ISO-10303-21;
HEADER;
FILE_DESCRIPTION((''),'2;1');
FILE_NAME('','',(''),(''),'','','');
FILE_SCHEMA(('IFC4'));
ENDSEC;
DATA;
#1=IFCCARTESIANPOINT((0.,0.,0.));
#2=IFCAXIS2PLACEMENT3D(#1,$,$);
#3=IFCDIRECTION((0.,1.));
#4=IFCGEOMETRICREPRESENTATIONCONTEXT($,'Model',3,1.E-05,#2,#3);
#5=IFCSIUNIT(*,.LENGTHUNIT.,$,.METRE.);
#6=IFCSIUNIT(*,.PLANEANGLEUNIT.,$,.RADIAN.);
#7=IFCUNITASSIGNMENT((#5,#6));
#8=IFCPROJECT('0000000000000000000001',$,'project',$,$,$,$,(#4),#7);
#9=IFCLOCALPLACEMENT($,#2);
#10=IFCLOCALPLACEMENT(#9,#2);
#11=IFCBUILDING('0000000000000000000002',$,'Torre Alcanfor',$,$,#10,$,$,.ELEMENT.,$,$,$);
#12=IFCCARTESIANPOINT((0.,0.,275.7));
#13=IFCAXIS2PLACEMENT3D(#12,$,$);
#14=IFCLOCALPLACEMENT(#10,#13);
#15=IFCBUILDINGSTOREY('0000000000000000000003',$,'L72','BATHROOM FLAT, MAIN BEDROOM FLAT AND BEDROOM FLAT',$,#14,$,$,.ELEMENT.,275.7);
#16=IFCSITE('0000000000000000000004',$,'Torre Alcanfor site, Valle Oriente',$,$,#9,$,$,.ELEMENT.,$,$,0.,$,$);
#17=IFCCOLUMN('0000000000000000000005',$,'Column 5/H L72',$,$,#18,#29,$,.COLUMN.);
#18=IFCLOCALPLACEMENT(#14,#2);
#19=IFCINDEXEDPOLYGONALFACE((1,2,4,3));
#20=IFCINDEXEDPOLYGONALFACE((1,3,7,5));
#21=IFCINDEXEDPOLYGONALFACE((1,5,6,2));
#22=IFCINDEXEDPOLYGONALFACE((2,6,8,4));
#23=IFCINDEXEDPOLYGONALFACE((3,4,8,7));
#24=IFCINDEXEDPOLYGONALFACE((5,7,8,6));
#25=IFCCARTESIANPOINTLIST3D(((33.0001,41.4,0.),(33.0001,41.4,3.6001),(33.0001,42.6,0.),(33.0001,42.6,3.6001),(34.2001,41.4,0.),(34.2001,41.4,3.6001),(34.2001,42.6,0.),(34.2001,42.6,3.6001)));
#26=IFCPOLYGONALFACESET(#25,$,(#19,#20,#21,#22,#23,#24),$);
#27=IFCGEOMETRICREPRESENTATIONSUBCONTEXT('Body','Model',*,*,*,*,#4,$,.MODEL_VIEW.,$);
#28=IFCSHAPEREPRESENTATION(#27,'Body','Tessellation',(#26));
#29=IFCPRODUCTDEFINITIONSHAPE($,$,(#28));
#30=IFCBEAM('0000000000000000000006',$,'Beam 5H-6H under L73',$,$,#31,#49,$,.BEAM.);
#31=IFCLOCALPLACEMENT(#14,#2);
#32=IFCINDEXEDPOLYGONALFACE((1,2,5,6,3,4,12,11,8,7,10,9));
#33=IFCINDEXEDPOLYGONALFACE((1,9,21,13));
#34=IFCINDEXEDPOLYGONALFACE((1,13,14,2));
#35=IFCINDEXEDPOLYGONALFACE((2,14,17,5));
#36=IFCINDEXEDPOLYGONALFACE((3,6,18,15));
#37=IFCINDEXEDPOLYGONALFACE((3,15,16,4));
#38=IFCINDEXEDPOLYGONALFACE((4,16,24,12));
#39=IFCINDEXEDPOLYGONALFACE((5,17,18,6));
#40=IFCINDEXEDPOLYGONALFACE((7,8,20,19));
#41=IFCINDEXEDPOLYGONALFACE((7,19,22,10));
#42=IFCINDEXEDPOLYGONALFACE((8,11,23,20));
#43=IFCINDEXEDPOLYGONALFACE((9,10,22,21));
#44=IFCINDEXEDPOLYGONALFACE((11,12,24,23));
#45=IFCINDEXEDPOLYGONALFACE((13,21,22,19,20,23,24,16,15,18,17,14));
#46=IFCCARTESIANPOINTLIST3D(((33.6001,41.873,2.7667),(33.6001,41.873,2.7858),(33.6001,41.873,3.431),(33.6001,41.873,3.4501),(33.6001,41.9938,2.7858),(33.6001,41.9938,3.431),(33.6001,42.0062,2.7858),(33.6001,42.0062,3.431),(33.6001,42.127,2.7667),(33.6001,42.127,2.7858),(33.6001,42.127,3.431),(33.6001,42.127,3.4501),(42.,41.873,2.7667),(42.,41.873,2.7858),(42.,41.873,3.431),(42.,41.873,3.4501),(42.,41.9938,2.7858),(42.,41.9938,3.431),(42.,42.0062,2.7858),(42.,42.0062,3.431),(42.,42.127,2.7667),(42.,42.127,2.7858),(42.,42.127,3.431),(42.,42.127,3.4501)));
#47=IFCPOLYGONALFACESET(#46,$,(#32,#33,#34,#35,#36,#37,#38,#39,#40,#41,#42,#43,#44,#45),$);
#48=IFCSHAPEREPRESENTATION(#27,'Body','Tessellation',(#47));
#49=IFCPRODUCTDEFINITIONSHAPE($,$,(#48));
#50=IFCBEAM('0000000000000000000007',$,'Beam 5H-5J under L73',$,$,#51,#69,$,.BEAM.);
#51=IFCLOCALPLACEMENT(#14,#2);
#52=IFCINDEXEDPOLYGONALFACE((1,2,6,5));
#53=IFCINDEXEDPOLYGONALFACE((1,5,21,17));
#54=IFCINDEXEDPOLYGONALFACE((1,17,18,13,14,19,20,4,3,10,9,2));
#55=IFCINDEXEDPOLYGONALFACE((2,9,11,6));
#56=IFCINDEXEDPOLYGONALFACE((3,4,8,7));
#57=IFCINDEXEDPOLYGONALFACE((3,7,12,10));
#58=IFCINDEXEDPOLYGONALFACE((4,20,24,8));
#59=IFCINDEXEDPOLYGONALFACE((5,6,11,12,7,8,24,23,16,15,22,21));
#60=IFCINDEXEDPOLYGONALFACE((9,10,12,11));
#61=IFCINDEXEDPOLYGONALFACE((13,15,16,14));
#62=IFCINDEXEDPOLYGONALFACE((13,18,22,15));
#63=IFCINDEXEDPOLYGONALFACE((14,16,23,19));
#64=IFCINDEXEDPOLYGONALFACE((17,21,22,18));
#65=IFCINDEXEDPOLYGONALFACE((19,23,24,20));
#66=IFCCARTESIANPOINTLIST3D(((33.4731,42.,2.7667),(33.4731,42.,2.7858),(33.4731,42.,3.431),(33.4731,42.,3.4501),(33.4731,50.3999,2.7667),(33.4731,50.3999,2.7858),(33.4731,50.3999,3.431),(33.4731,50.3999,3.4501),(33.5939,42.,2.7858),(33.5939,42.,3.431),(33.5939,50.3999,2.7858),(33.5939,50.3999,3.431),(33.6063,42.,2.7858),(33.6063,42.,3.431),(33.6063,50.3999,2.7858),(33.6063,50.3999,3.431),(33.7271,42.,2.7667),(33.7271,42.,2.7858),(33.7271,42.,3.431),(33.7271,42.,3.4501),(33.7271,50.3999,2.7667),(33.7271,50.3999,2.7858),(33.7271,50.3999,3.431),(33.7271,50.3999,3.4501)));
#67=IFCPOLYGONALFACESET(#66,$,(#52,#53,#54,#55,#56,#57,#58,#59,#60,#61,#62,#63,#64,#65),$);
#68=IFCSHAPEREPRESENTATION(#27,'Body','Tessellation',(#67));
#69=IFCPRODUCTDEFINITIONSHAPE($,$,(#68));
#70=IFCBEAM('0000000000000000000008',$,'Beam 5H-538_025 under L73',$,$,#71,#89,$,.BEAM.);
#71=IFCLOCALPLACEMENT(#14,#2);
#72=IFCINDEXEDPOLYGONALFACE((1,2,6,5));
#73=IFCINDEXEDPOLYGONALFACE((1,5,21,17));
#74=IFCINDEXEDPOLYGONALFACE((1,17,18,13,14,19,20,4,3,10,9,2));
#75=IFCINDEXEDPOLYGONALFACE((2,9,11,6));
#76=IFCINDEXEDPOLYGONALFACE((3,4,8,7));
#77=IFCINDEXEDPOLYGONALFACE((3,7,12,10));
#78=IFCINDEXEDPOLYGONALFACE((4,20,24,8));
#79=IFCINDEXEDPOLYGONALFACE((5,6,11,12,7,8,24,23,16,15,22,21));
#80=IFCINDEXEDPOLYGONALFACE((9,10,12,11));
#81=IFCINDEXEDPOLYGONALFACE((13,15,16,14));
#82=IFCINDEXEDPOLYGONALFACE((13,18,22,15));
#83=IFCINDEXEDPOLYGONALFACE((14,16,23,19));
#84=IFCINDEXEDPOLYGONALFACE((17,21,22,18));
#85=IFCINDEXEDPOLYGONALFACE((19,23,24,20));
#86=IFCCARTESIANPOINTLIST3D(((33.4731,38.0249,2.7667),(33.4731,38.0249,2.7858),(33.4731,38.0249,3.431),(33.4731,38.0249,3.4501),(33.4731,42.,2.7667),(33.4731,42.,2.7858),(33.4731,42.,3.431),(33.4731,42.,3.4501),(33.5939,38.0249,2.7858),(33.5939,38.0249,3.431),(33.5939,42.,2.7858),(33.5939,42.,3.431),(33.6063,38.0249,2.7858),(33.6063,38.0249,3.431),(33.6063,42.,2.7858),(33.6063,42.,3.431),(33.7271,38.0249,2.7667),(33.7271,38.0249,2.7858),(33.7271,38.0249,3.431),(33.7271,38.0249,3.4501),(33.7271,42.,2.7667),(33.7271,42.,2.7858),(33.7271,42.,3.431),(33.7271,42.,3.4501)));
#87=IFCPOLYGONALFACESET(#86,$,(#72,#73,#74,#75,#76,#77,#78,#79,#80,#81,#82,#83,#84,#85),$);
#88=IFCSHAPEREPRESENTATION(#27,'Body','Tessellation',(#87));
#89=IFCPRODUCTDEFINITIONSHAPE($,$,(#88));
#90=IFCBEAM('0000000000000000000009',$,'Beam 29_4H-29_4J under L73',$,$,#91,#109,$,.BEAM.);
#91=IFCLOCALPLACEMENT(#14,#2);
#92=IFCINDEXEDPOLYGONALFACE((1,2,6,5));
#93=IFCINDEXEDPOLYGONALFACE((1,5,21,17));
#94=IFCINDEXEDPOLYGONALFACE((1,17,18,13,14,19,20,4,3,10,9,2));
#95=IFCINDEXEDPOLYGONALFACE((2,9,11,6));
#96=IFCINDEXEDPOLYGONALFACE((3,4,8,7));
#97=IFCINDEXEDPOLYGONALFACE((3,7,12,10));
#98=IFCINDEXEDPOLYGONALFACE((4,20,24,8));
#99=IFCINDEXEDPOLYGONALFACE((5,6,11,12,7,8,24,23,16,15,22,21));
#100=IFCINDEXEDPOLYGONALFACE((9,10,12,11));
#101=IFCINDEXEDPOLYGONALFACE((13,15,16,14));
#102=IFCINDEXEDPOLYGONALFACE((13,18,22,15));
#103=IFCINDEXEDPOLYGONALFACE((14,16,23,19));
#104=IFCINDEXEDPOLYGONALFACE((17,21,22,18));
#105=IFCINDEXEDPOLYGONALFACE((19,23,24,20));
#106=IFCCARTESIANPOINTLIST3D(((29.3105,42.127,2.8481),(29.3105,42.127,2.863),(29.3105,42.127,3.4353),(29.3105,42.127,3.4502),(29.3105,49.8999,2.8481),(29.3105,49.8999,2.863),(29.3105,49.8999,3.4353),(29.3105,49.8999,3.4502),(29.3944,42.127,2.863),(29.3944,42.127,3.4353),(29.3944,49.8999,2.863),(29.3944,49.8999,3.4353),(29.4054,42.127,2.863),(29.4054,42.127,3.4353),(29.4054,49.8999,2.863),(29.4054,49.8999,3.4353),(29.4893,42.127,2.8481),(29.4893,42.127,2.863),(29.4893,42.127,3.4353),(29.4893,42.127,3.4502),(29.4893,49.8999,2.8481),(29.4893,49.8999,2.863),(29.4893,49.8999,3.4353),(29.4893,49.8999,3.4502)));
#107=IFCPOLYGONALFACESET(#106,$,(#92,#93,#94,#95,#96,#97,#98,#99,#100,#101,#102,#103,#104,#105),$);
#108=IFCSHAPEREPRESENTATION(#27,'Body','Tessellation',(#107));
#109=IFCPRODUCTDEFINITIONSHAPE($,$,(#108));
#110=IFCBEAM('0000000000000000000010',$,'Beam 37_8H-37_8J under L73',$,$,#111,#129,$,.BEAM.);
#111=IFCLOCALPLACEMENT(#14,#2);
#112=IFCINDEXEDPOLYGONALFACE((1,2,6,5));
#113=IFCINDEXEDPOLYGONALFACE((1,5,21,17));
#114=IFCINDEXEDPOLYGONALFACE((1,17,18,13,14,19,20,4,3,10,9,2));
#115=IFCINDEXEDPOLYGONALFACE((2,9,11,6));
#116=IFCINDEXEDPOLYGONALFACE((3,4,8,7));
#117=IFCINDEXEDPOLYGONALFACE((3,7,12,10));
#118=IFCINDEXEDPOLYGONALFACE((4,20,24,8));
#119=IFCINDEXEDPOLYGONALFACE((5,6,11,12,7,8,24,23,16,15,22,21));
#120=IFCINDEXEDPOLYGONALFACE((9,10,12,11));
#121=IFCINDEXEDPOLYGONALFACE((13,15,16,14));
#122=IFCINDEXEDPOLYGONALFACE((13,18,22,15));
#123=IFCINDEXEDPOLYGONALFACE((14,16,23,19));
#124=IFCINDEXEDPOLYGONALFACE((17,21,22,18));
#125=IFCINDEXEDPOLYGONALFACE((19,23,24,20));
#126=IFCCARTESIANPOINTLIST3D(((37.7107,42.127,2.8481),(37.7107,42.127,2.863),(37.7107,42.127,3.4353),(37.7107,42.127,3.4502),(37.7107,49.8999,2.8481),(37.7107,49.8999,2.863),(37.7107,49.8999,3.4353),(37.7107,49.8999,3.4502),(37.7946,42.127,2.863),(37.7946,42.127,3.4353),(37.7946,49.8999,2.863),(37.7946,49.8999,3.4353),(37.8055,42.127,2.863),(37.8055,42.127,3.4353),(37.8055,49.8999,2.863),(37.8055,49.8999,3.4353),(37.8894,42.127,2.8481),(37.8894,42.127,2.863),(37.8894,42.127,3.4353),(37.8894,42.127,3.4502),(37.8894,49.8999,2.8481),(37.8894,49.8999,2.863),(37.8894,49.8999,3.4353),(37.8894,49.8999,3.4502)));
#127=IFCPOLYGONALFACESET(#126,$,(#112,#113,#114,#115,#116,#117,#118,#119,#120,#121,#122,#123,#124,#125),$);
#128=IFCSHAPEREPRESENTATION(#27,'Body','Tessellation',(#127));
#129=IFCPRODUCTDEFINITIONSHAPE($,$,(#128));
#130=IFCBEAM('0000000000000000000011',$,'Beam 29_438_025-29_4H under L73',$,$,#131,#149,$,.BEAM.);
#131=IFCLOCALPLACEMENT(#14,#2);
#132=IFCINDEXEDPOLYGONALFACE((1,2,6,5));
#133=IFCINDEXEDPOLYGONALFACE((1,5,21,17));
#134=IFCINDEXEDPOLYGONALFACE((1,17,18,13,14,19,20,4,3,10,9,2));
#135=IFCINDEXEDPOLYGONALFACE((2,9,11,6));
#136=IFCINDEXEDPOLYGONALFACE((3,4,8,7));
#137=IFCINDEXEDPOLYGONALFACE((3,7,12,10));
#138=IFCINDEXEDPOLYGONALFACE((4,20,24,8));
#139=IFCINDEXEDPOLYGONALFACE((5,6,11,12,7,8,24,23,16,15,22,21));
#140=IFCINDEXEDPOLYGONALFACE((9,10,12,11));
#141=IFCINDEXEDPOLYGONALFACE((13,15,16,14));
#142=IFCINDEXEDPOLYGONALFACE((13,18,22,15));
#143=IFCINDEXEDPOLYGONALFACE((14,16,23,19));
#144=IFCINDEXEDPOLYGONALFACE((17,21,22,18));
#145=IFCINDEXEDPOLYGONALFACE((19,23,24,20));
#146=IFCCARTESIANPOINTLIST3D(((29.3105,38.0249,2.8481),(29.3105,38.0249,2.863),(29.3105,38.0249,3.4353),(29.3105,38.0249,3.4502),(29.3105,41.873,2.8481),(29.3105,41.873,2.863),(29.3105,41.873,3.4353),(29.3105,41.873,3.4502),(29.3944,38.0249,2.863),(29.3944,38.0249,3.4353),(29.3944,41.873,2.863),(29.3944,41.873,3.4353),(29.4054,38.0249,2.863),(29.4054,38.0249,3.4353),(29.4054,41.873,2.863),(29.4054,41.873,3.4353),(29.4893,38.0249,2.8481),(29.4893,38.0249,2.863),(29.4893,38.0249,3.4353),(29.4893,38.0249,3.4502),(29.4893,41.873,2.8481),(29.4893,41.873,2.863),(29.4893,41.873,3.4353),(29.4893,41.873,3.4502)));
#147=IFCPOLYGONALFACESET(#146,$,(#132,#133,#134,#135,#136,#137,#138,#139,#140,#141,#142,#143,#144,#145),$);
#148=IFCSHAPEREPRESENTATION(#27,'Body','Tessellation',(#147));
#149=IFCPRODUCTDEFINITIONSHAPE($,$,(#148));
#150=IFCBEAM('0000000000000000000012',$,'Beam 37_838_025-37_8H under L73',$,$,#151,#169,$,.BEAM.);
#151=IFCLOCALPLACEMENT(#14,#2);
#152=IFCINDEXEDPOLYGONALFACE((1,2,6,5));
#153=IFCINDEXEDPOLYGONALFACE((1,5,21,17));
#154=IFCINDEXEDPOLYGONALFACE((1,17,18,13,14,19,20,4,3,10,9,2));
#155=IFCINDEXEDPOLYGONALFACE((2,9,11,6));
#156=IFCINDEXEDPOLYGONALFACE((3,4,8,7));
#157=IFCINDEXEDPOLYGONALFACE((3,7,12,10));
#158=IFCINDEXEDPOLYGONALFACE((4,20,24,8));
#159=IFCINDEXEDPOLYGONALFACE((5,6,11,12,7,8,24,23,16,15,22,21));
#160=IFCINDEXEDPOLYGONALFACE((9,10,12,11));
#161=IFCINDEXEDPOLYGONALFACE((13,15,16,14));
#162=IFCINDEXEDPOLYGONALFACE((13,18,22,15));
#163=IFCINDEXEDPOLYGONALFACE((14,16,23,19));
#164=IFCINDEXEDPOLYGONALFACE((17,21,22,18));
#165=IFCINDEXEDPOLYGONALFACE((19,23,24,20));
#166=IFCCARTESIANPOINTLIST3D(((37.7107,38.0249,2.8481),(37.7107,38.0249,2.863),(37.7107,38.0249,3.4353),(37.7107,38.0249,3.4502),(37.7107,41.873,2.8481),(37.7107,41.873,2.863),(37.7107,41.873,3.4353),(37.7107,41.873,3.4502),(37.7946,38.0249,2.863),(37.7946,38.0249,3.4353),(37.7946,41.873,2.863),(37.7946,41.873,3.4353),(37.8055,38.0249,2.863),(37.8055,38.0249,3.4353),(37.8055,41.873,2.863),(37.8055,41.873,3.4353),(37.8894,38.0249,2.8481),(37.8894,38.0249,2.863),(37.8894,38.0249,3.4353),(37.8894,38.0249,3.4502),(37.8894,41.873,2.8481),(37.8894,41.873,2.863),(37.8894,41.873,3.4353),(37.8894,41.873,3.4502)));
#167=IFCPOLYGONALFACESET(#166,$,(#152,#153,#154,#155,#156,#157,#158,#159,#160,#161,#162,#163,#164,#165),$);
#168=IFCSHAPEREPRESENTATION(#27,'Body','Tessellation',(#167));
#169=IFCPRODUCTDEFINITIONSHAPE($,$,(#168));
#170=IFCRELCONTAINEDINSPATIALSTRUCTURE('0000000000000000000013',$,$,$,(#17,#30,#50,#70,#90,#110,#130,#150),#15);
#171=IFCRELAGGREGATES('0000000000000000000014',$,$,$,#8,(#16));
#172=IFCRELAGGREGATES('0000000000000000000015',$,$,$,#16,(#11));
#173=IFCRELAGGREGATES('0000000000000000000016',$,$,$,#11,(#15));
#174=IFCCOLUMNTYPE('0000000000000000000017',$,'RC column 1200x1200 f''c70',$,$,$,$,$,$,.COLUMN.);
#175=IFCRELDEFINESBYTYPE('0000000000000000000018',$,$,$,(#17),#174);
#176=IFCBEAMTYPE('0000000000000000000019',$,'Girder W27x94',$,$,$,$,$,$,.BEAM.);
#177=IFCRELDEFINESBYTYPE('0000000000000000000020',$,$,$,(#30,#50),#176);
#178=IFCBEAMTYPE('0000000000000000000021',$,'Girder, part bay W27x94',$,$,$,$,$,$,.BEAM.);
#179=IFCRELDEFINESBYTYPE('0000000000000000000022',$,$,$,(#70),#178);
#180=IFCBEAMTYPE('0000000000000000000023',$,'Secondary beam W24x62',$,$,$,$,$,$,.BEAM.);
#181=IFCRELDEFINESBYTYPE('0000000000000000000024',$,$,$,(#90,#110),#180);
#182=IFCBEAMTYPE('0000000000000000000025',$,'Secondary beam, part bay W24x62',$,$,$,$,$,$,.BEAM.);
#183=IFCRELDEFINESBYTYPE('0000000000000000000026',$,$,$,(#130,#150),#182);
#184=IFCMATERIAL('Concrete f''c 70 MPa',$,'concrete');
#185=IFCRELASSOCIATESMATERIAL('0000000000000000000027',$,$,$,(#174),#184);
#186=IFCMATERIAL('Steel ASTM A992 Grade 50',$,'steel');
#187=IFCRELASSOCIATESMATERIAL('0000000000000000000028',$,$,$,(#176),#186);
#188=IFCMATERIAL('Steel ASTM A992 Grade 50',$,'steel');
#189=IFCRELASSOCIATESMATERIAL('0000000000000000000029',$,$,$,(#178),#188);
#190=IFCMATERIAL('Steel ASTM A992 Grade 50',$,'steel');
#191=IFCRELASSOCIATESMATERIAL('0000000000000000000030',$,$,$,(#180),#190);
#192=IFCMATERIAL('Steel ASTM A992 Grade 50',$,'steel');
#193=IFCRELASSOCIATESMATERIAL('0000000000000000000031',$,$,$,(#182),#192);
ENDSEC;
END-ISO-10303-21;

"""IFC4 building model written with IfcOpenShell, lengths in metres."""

from ifc_helpers import new_model, si_unit, direction, frame, origin, origin_2d, place, context, subcontext, project, spatial, rectangle, i_section, extrude, material, material_profile, profile_set, type_object, element, save


model = new_model("IFC4")

# Units and contexts
model_context = context("Model", 3, precision=1e-05, world=origin(), true_north=direction((0.0, 1.0)))
body_context = subcontext(model_context, "Body", "Model", "MODEL_VIEW")
ifc_project = project(units=[si_unit("LENGTHUNIT", "METRE"), si_unit("PLANEANGLEUNIT", "RADIAN")], contexts=[model_context])

# Site, building, storey
site_placement = place(None, origin())
site = spatial("IfcSite", under=ifc_project, at=site_placement, Name="Torre Alcanfor site, Valle Oriente", CompositionType="ELEMENT", RefElevation=0.0)
building_placement = place(site_placement, origin())
building = spatial("IfcBuilding", under=site, at=building_placement, Name="Torre Alcanfor", CompositionType="ELEMENT")
storey_placement = place(building_placement, frame((0.0, 0.0, 275.7)))
storey = spatial("IfcBuildingStorey", under=building, at=storey_placement, Name="L72", Description="BATHROOM FLAT, MAIN BEDROOM FLAT AND BEDROOM FLAT", CompositionType="ELEMENT", Elevation=275.7)

# Column
ifc_material_1 = material(Name="Concrete f'c 70 MPa", Category="concrete")
ifc_material_profile_1 = material_profile(ifc_material_1, rectangle(XDim=1.2, YDim=1.2, at=origin_2d()), Name="1200x1200")
ifc_profile_set_1 = profile_set([ifc_material_profile_1], Name="Concrete f'c 70 MPa")
column_type = type_object("IfcColumnType", Name="RC column 1200x1200 f'c70", PredefinedType="COLUMN", material=ifc_profile_set_1)
column_placement = place(storey_placement, frame((33.6001, 42.0, 0.0), z_axis=(0.0, 0.0, 1.0), x_axis=(1.0, 0.0, 0.0)))
element("IfcColumn", 1, at=column_placement, inside=storey, type_object=column_type, Name="Column 5/H L72", PredefinedType="COLUMN", context=body_context, shape_type="SweptSolid", body=[
    extrude(rectangle(XDim=1.2, YDim=1.2, at=origin_2d()), origin(), (0.0, 0.0, 1.0), 3.6001),
])

# Beams
ifc_material_2 = material(Name="Steel ASTM A992 Grade 50", Category="steel")
ifc_material_profile_2 = material_profile(ifc_material_2, i_section(OverallWidth=0.2539, OverallDepth=0.6833, WebThickness=0.0125, FlangeThickness=0.019, at=origin_2d()), Name="W27x94")
ifc_profile_set_2 = profile_set([ifc_material_profile_2], Name="Steel ASTM A992 Grade 50")
beam_type_1 = type_object("IfcBeamType", Name="Girder W27x94", PredefinedType="BEAM", material=ifc_profile_set_2)
for number, where, z_axis, x_axis, name in (
    (2, (33.6001, 42.0, 3.1084), (1.0, 0.0, 0.0), (0.0, 1.0, 0.0), "Beam 5H-6H under L73"),
    (3, (33.6001, 42.0, 3.1084), (0.0, 1.0, 0.0), (-1.0, 0.0, 0.0), "Beam 5H-5J under L73"),
):
    element("IfcBeam", number, at=place(storey_placement, frame(where, z_axis=z_axis, x_axis=x_axis)), inside=storey, type_object=beam_type_1, Name=name, PredefinedType="BEAM", context=body_context, shape_type="SweptSolid", body=[
        extrude(i_section(OverallWidth=0.2539, OverallDepth=0.6833, WebThickness=0.0125, FlangeThickness=0.019, at=origin_2d()), origin(), (0.0, 0.0, 1.0), 8.3999),
    ])
ifc_material_3 = material(Name="Steel ASTM A992 Grade 50", Category="steel")
ifc_material_profile_3 = material_profile(ifc_material_3, i_section(OverallWidth=0.2539, OverallDepth=0.6833, WebThickness=0.0125, FlangeThickness=0.019, at=origin_2d()), Name="W27x94")
ifc_profile_set_3 = profile_set([ifc_material_profile_3], Name="Steel ASTM A992 Grade 50")
beam_type_2 = type_object("IfcBeamType", Name="Girder, part bay W27x94", PredefinedType="BEAM", material=ifc_profile_set_3)
beam_1_placement = place(storey_placement, frame((33.6001, 42.0, 3.1084), z_axis=(0.0, -1.0, 0.0), x_axis=(1.0, 0.0, 0.0)))
element("IfcBeam", 4, at=beam_1_placement, inside=storey, type_object=beam_type_2, Name="Beam 5H-538_025 under L73", PredefinedType="BEAM", context=body_context, shape_type="SweptSolid", body=[
    extrude(i_section(OverallWidth=0.2539, OverallDepth=0.6833, WebThickness=0.0125, FlangeThickness=0.019, at=origin_2d()), origin(), (0.0, 0.0, 1.0), 3.9751),
])
ifc_material_4 = material(Name="Steel ASTM A992 Grade 50", Category="steel")
ifc_material_profile_4 = material_profile(ifc_material_4, i_section(OverallWidth=0.1787, OverallDepth=0.6021, WebThickness=0.011, FlangeThickness=0.0149, at=origin_2d()), Name="W24x62")
ifc_profile_set_4 = profile_set([ifc_material_profile_4], Name="Steel ASTM A992 Grade 50")
beam_type_3 = type_object("IfcBeamType", Name="Secondary beam W24x62", PredefinedType="BEAM", material=ifc_profile_set_4)
for number, where, z_axis, x_axis, name in (
    (5, (29.3999, 42.127, 3.1492), (0.0, 1.0, 0.0), (-1.0, 0.0, 0.0), "Beam 29_4H-29_4J under L73"),
    (6, (37.8, 42.127, 3.1492), (0.0, 1.0, 0.0), (-1.0, 0.0, 0.0), "Beam 37_8H-37_8J under L73"),
):
    element("IfcBeam", number, at=place(storey_placement, frame(where, z_axis=z_axis, x_axis=x_axis)), inside=storey, type_object=beam_type_3, Name=name, PredefinedType="BEAM", context=body_context, shape_type="SweptSolid", body=[
        extrude(i_section(OverallWidth=0.1787, OverallDepth=0.6021, WebThickness=0.011, FlangeThickness=0.0149, at=origin_2d()), origin(), (0.0, 0.0, 1.0), 7.7729),
    ])
ifc_material_5 = material(Name="Steel ASTM A992 Grade 50", Category="steel")
ifc_material_profile_5 = material_profile(ifc_material_5, i_section(OverallWidth=0.1787, OverallDepth=0.6021, WebThickness=0.011, FlangeThickness=0.0149, at=origin_2d()), Name="W24x62")
ifc_profile_set_5 = profile_set([ifc_material_profile_5], Name="Steel ASTM A992 Grade 50")
beam_type_4 = type_object("IfcBeamType", Name="Secondary beam, part bay W24x62", PredefinedType="BEAM", material=ifc_profile_set_5)
for number, where, z_axis, x_axis, name in (
    (7, (29.3999, 38.0249, 3.1492), (0.0, 1.0, 0.0), (-1.0, 0.0, 0.0), "Beam 29_438_025-29_4H under L73"),
    (8, (37.8, 38.0249, 3.1492), (0.0, 1.0, 0.0), (-1.0, 0.0, 0.0), "Beam 37_838_025-37_8H under L73"),
):
    element("IfcBeam", number, at=place(storey_placement, frame(where, z_axis=z_axis, x_axis=x_axis)), inside=storey, type_object=beam_type_4, Name=name, PredefinedType="BEAM", context=body_context, shape_type="SweptSolid", body=[
        extrude(i_section(OverallWidth=0.1787, OverallDepth=0.6021, WebThickness=0.011, FlangeThickness=0.0149, at=origin_2d()), origin(), (0.0, 0.0, 1.0), 3.8481),
    ])

save(model, "model.ifc")
